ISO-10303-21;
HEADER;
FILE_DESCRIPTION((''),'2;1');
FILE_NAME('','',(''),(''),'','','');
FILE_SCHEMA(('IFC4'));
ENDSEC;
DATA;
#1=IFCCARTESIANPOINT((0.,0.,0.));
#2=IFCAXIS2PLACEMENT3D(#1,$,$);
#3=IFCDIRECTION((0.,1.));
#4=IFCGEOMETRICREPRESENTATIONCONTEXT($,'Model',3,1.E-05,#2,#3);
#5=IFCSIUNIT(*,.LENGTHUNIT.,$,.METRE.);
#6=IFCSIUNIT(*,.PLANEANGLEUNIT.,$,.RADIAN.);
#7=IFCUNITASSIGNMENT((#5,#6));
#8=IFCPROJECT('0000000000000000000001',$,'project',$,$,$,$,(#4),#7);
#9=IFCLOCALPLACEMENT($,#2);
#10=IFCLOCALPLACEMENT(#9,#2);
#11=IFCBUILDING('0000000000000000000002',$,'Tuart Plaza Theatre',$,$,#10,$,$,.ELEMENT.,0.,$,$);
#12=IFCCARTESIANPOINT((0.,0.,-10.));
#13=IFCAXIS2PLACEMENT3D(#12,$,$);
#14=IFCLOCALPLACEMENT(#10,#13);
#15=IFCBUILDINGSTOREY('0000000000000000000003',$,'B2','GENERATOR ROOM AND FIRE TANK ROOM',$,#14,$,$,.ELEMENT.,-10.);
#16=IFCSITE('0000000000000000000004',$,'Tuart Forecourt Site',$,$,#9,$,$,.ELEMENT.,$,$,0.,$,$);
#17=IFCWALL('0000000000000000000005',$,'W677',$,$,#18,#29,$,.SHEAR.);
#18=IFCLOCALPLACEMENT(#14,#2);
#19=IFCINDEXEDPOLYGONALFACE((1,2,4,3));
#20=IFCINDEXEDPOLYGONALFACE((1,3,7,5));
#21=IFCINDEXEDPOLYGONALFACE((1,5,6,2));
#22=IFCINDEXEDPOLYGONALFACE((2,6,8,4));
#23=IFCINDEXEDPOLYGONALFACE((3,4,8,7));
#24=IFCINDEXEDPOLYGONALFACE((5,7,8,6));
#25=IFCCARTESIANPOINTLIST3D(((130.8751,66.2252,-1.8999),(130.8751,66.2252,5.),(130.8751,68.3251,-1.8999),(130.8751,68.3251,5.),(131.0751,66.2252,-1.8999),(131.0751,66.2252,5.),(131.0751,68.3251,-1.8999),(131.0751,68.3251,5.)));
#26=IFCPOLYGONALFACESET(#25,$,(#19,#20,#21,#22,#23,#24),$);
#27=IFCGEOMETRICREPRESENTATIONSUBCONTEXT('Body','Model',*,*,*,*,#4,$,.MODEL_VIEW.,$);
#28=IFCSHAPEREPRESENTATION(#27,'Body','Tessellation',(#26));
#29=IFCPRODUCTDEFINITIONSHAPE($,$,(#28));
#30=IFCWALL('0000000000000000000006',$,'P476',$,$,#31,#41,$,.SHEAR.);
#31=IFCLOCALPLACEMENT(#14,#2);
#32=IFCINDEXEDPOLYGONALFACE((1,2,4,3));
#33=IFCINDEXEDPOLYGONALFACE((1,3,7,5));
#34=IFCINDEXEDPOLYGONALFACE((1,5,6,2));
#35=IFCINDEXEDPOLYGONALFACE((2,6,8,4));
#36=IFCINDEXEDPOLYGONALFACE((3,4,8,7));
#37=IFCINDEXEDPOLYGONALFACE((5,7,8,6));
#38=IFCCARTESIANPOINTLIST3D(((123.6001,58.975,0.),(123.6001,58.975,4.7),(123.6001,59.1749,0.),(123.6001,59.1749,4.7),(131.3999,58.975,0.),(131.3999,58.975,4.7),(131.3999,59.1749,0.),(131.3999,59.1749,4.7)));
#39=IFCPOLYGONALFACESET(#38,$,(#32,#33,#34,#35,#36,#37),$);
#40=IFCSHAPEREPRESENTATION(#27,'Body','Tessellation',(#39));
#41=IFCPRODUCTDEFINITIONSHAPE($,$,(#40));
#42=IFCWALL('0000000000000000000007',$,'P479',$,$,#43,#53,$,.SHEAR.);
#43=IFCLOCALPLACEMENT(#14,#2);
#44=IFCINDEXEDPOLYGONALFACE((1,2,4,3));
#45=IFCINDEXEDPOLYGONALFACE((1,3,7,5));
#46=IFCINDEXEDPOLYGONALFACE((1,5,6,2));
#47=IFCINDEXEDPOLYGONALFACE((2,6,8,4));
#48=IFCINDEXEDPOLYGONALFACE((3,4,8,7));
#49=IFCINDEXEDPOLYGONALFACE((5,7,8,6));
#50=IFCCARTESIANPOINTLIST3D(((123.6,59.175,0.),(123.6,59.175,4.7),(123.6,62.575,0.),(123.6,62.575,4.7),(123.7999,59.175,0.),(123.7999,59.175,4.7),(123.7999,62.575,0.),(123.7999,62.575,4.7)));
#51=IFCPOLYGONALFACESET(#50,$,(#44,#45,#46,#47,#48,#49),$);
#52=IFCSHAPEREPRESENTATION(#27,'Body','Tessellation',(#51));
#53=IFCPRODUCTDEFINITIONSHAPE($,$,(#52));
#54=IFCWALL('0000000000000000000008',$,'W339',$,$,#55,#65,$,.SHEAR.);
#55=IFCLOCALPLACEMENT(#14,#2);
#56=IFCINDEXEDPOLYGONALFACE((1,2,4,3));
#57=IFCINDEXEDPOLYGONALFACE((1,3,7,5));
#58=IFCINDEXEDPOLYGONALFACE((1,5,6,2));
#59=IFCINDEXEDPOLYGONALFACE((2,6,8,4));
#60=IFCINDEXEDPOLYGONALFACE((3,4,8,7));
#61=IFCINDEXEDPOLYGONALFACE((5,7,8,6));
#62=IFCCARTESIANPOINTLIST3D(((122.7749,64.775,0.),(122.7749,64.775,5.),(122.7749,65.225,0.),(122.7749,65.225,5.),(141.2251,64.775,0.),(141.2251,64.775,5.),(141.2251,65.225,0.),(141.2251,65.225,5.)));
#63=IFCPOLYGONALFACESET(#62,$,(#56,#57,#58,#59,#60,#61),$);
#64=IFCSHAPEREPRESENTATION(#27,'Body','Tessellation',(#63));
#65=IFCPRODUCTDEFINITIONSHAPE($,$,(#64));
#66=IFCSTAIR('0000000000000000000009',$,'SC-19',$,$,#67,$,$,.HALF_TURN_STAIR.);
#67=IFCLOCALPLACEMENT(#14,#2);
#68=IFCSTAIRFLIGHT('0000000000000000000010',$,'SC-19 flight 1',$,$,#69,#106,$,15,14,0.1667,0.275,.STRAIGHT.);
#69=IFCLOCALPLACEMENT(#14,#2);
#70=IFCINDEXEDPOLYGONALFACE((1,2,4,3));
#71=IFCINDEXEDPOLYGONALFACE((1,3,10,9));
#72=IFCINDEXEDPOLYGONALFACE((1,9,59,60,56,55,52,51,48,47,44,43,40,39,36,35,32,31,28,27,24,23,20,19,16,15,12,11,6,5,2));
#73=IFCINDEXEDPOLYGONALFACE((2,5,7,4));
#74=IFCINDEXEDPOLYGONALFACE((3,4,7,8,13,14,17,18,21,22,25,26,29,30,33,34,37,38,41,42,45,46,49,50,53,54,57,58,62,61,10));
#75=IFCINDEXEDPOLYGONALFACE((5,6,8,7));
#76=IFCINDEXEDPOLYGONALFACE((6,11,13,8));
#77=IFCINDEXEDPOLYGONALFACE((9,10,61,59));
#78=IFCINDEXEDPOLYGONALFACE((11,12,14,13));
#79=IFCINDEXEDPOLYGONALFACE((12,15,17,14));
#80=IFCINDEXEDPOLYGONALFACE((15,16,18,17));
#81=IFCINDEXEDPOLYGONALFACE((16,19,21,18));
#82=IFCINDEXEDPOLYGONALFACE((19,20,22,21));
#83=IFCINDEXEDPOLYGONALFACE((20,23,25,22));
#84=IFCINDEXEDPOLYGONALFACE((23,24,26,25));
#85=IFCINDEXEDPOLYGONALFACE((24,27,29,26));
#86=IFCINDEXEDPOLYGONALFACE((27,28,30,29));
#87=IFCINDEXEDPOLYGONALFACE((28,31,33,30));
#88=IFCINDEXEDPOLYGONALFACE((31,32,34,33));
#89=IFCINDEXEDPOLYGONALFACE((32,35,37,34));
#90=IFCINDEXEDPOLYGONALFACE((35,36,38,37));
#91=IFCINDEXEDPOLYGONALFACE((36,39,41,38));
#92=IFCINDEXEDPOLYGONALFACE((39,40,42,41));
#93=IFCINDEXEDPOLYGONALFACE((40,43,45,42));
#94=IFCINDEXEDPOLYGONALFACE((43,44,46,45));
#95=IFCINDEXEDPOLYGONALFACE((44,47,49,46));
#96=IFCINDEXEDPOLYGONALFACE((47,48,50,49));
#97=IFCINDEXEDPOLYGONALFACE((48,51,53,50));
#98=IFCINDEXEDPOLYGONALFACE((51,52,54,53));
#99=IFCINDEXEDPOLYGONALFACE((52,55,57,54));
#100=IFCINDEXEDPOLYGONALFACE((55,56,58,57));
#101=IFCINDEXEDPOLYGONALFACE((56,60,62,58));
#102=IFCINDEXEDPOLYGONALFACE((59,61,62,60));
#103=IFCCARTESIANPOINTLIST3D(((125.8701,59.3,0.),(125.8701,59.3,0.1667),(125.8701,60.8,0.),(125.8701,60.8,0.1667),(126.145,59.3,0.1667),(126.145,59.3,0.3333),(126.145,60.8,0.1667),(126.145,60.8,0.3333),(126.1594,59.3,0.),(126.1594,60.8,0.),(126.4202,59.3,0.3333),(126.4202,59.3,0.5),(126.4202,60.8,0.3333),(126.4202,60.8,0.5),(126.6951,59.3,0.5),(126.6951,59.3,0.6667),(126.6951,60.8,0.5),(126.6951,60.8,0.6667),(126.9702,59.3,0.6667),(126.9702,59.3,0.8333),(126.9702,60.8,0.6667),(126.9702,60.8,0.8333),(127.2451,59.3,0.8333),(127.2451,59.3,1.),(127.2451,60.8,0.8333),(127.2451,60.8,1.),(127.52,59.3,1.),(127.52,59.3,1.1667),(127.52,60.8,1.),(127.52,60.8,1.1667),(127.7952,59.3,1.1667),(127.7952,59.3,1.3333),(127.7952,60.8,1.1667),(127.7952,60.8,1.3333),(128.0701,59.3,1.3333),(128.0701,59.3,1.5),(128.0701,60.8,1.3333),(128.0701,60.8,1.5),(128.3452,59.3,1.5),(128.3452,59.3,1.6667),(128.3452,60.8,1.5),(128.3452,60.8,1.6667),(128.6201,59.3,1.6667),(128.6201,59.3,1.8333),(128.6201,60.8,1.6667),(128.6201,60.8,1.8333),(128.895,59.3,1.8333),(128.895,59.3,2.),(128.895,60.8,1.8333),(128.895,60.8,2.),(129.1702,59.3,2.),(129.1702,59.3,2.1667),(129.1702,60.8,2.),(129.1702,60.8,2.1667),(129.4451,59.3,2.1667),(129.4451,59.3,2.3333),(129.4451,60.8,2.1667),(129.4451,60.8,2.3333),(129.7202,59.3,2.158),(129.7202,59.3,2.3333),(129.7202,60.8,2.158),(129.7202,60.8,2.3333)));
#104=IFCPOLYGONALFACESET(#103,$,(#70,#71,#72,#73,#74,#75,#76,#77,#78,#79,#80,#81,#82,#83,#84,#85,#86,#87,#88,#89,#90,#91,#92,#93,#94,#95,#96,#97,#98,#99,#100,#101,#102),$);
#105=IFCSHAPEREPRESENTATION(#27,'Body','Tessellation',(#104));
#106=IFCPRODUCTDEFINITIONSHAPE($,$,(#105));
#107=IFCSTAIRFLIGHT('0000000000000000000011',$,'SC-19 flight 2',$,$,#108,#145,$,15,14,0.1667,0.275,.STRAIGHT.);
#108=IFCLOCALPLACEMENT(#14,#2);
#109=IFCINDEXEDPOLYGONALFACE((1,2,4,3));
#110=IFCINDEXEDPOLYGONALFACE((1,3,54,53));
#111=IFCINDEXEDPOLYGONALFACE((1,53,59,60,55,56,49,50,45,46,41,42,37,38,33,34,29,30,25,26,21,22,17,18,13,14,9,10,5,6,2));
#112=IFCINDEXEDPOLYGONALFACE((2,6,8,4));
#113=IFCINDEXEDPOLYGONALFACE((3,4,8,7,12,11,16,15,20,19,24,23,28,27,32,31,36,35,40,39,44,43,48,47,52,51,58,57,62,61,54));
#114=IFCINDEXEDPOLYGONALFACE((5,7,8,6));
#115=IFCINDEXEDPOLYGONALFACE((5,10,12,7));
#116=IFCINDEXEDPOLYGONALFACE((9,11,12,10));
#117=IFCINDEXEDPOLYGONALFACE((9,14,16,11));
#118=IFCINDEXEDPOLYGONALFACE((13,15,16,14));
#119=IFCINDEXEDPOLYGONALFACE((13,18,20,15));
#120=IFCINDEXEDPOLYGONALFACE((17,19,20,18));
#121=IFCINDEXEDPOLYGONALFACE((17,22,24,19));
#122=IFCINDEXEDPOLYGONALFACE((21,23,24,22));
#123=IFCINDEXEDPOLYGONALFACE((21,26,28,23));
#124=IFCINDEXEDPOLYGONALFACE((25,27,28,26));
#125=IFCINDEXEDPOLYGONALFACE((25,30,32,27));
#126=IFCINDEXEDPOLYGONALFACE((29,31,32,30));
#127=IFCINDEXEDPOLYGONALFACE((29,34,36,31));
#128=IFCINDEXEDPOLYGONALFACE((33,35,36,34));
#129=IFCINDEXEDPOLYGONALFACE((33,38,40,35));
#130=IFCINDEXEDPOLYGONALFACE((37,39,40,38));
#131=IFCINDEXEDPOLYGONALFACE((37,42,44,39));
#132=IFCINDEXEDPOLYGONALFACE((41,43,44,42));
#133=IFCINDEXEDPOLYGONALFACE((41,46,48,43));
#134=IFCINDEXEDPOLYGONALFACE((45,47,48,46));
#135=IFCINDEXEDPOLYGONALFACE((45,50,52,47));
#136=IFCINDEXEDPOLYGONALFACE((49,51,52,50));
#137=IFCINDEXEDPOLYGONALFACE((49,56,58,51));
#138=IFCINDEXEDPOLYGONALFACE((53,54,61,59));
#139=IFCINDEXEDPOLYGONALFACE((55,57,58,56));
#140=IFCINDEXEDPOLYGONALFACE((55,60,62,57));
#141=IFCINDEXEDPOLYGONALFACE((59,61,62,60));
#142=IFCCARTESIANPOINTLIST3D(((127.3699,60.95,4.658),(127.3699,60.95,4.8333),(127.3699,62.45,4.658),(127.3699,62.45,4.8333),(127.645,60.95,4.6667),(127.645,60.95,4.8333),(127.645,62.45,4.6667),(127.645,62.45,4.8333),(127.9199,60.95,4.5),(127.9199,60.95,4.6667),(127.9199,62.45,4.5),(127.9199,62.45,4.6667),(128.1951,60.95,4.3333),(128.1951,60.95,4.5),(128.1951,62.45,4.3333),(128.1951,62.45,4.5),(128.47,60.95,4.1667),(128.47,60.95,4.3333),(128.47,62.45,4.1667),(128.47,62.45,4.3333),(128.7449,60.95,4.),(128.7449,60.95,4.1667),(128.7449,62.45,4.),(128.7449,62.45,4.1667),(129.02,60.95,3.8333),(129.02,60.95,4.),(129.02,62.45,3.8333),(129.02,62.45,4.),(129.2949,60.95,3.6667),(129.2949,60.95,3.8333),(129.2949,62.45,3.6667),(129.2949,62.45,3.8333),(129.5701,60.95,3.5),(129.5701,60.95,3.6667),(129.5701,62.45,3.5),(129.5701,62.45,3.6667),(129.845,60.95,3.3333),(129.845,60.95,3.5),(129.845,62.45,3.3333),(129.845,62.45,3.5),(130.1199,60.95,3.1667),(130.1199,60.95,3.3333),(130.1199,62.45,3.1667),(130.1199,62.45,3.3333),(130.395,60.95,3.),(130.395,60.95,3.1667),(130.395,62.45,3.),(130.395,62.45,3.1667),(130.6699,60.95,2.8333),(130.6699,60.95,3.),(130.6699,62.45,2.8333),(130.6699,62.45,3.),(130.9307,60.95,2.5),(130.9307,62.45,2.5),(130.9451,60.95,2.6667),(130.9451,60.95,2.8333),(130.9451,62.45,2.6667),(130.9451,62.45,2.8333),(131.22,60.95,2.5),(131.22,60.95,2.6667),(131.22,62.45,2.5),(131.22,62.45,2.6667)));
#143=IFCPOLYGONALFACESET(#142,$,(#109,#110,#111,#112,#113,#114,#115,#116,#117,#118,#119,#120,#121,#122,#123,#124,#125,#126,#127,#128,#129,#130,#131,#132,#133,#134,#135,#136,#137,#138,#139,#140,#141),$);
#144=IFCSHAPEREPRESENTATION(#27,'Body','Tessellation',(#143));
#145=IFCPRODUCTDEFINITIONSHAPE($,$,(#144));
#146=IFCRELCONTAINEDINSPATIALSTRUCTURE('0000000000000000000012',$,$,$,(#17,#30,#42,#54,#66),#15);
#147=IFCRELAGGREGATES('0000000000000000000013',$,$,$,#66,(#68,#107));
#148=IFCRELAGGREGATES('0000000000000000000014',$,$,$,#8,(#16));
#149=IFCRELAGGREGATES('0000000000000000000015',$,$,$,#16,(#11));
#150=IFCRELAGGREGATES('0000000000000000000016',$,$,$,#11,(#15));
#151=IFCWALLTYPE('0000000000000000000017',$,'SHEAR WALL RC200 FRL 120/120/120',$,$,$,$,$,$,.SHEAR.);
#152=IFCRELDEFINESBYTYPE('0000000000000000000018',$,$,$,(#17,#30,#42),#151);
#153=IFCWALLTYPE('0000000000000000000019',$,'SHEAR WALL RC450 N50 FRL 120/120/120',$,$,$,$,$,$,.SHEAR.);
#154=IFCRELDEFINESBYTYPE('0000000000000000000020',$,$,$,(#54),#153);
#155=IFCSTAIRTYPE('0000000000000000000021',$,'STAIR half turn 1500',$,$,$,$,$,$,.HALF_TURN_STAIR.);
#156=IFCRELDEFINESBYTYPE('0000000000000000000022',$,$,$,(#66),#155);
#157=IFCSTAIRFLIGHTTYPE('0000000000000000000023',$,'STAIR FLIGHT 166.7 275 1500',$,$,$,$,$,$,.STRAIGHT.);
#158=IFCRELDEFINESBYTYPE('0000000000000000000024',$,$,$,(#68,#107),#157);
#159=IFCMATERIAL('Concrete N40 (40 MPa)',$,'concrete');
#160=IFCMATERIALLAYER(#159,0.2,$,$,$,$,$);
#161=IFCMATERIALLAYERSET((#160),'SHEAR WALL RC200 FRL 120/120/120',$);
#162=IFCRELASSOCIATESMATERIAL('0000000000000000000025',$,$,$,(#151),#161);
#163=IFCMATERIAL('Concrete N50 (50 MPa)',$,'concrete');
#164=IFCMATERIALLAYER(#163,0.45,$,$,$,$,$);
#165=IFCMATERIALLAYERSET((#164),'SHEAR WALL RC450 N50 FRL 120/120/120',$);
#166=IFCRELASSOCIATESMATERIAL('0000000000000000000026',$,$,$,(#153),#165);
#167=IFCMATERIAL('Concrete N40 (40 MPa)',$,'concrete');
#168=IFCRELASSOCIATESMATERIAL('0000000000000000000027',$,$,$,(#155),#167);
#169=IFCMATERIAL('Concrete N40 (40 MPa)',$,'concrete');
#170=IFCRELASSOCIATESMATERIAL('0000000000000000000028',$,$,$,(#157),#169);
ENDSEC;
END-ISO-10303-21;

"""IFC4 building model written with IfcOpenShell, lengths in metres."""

from ifc_helpers import new_model, si_unit, direction, frame, frame_2d, origin, place, context, subcontext, project, spatial, polyline, rectangle, outline, extrude, material, layer, layer_set, type_object, element, aggregate, save


model = new_model("IFC4")

# Units and contexts
model_context = context("Model", 3, precision=1e-05, world=origin(), true_north=direction((0.0, 1.0)))
body_context = subcontext(model_context, "Body", "Model", "MODEL_VIEW")
ifc_project = project(units=[si_unit("LENGTHUNIT", "METRE"), si_unit("PLANEANGLEUNIT", "RADIAN")], contexts=[model_context])

# Site, building, storey
site_placement = place(None, origin())
site = spatial("IfcSite", under=ifc_project, at=site_placement, Name="Tuart Forecourt Site", CompositionType="ELEMENT", RefElevation=0.0)
building_placement = place(site_placement, origin())
building = spatial("IfcBuilding", under=site, at=building_placement, Name="Tuart Plaza Theatre", CompositionType="ELEMENT", ElevationOfRefHeight=0.0)
storey_placement = place(building_placement, frame((0.0, 0.0, -10.0)))
storey = spatial("IfcBuildingStorey", under=building, at=storey_placement, Name="B2", Description="GENERATOR ROOM AND FIRE TANK ROOM", CompositionType="ELEMENT", Elevation=-10.0)

# Walls
ifc_material_1 = material(Name="Concrete N40 (40 MPa)", Category="concrete")
ifc_layer_1 = layer(ifc_material_1, 0.2)
ifc_layer_set_1 = layer_set([ifc_layer_1], Name="SHEAR WALL RC200 FRL 120/120/120")
wall_type_1 = type_object("IfcWallType", Name="SHEAR WALL RC200 FRL 120/120/120", PredefinedType="SHEAR", material=ifc_layer_set_1)
wall_1_placement = place(storey_placement, frame((130.9751, 68.325, -1.8999), z_axis=(0.0, 0.0, 1.0), x_axis=(0.0, -1.0, 0.0)))
element("IfcWall", 1, at=wall_1_placement, inside=storey, type_object=wall_type_1, Name="W677", PredefinedType="SHEAR", context=body_context, shape_type="SweptSolid", body=[
    extrude(rectangle(XDim=2.0999, YDim=0.2, at=frame_2d((1.0498, 0.0))), origin(), (0.0, 0.0, 1.0), 6.8999),
])
wall_2_placement = place(storey_placement, frame((123.6001, 59.075, 0.0), z_axis=(0.0, 0.0, 1.0), x_axis=(1.0, 0.0, 0.0)))
element("IfcWall", 2, at=wall_2_placement, inside=storey, type_object=wall_type_1, Name="P476", PredefinedType="SHEAR", context=body_context, shape_type="SweptSolid", body=[
    extrude(rectangle(XDim=7.7998, YDim=0.2, at=frame_2d((3.8999, 0.0))), origin(), (0.0, 0.0, 1.0), 4.7),
])
wall_3_placement = place(storey_placement, frame((123.7, 62.575, 0.0), z_axis=(0.0, 0.0, 1.0), x_axis=(0.0, -1.0, 0.0)))
element("IfcWall", 3, at=wall_3_placement, inside=storey, type_object=wall_type_1, Name="P479", PredefinedType="SHEAR", context=body_context, shape_type="SweptSolid", body=[
    extrude(rectangle(XDim=3.3999, YDim=0.2, at=frame_2d((1.7, 0.0))), origin(), (0.0, 0.0, 1.0), 4.7),
])
ifc_material_2 = material(Name="Concrete N50 (50 MPa)", Category="concrete")
ifc_layer_2 = layer(ifc_material_2, 0.45)
ifc_layer_set_2 = layer_set([ifc_layer_2], Name="SHEAR WALL RC450 N50 FRL 120/120/120")
wall_type_2 = type_object("IfcWallType", Name="SHEAR WALL RC450 N50 FRL 120/120/120", PredefinedType="SHEAR", material=ifc_layer_set_2)
wall_4_placement = place(storey_placement, frame((122.7749, 65.0, 0.0), z_axis=(0.0, 0.0, 1.0), x_axis=(1.0, 0.0, 0.0)))
element("IfcWall", 4, at=wall_4_placement, inside=storey, type_object=wall_type_2, Name="W339", PredefinedType="SHEAR", context=body_context, shape_type="SweptSolid", body=[
    extrude(rectangle(XDim=18.4502, YDim=0.45, at=frame_2d((9.2251, 0.0))), origin(), (0.0, 0.0, 1.0), 5.0),
])

# Stair, stair flights
ifc_material_3 = material(Name="Concrete N40 (40 MPa)", Category="concrete")
stair_type = type_object("IfcStairType", Name="STAIR half turn 1500", PredefinedType="HALF_TURN_STAIR", material=ifc_material_3)
stair_placement = place(storey_placement, origin())
stair = element("IfcStair", 5, at=stair_placement, inside=storey, type_object=stair_type, Name="SC-19", PredefinedType="HALF_TURN_STAIR")
ifc_material_4 = material(Name="Concrete N40 (40 MPa)", Category="concrete")
stair_flight_type = type_object("IfcStairFlightType", Name="STAIR FLIGHT 166.7 275 1500", PredefinedType="STRAIGHT", material=ifc_material_4)
stair_flight_1_placement = place(storey_placement, frame((125.8701, 60.05, 0.0), z_axis=(0.0, 0.0, 1.0), x_axis=(1.0, 0.0, 0.0)))
stair_flight_1 = element("IfcStairFlight", 6, at=stair_flight_1_placement, type_object=stair_flight_type, Name="SC-19 flight 1", NumberOfRisers=15, NumberOfTreads=14, PredefinedType="STRAIGHT", RiserHeight=0.1667, TreadLength=0.275, context=body_context, shape_type="SweptSolid", body=[
    extrude(outline(polyline([(0.0, 0.0), (0.0, 0.1667), (0.2749, 0.1667), (0.2749, 0.3333), (0.55, 0.3333), (0.55, 0.5), (0.825, 0.5), (0.825, 0.6667), (1.1001, 0.6667), (1.1001, 0.8333), (1.375, 0.8333), (1.375, 1.0), (1.6499, 1.0), (1.6499, 1.1667), (1.925, 1.1667), (1.925, 1.3333), (2.2, 1.3333), (2.2, 1.5), (2.4751, 1.5), (2.4751, 1.6667), (2.75, 1.6667), (2.75, 1.8333), (3.0249, 1.8333), (3.0249, 2.0), (3.3, 2.0), (3.3, 2.1667), (3.575, 2.1667), (3.575, 2.3333), (3.8501, 2.3333), (3.8501, 2.5), (3.8501, 2.158), (0.2893, 0.0), (0.0, 0.0)])), frame((0.0, 0.75, 0.0), z_axis=(0.0, -1.0, 0.0), x_axis=(1.0, 0.0, 0.0)), (0.0, 0.0, 1.0), 1.5),
])
stair_flight_2_placement = place(storey_placement, frame((131.22, 61.7, 2.5), z_axis=(0.0, 0.0, 1.0), x_axis=(-1.0, 0.0, 0.0)))
stair_flight_2 = element("IfcStairFlight", 7, at=stair_flight_2_placement, type_object=stair_flight_type, Name="SC-19 flight 2", NumberOfRisers=15, NumberOfTreads=14, PredefinedType="STRAIGHT", RiserHeight=0.1667, TreadLength=0.275, context=body_context, shape_type="SweptSolid", body=[
    extrude(outline(polyline([(0.0, 0.0), (0.0, 0.1667), (0.2749, 0.1667), (0.2749, 0.3333), (0.55, 0.3333), (0.55, 0.5), (0.825, 0.5), (0.825, 0.6667), (1.1001, 0.6667), (1.1001, 0.8333), (1.375, 0.8333), (1.375, 1.0), (1.6499, 1.0), (1.6499, 1.1667), (1.925, 1.1667), (1.925, 1.3333), (2.2, 1.3333), (2.2, 1.5), (2.4751, 1.5), (2.4751, 1.6667), (2.75, 1.6667), (2.75, 1.8333), (3.0249, 1.8333), (3.0249, 2.0), (3.3, 2.0), (3.3, 2.1667), (3.575, 2.1667), (3.575, 2.3333), (3.8501, 2.3333), (3.8501, 2.5), (3.8501, 2.158), (0.2893, 0.0), (0.0, 0.0)])), frame((0.0, 0.75, 0.0), z_axis=(0.0, -1.0, 0.0), x_axis=(1.0, 0.0, 0.0)), (0.0, 0.0, 1.0), 1.5),
])
aggregate(stair, [stair_flight_1, stair_flight_2])

save(model, "model.ifc")
